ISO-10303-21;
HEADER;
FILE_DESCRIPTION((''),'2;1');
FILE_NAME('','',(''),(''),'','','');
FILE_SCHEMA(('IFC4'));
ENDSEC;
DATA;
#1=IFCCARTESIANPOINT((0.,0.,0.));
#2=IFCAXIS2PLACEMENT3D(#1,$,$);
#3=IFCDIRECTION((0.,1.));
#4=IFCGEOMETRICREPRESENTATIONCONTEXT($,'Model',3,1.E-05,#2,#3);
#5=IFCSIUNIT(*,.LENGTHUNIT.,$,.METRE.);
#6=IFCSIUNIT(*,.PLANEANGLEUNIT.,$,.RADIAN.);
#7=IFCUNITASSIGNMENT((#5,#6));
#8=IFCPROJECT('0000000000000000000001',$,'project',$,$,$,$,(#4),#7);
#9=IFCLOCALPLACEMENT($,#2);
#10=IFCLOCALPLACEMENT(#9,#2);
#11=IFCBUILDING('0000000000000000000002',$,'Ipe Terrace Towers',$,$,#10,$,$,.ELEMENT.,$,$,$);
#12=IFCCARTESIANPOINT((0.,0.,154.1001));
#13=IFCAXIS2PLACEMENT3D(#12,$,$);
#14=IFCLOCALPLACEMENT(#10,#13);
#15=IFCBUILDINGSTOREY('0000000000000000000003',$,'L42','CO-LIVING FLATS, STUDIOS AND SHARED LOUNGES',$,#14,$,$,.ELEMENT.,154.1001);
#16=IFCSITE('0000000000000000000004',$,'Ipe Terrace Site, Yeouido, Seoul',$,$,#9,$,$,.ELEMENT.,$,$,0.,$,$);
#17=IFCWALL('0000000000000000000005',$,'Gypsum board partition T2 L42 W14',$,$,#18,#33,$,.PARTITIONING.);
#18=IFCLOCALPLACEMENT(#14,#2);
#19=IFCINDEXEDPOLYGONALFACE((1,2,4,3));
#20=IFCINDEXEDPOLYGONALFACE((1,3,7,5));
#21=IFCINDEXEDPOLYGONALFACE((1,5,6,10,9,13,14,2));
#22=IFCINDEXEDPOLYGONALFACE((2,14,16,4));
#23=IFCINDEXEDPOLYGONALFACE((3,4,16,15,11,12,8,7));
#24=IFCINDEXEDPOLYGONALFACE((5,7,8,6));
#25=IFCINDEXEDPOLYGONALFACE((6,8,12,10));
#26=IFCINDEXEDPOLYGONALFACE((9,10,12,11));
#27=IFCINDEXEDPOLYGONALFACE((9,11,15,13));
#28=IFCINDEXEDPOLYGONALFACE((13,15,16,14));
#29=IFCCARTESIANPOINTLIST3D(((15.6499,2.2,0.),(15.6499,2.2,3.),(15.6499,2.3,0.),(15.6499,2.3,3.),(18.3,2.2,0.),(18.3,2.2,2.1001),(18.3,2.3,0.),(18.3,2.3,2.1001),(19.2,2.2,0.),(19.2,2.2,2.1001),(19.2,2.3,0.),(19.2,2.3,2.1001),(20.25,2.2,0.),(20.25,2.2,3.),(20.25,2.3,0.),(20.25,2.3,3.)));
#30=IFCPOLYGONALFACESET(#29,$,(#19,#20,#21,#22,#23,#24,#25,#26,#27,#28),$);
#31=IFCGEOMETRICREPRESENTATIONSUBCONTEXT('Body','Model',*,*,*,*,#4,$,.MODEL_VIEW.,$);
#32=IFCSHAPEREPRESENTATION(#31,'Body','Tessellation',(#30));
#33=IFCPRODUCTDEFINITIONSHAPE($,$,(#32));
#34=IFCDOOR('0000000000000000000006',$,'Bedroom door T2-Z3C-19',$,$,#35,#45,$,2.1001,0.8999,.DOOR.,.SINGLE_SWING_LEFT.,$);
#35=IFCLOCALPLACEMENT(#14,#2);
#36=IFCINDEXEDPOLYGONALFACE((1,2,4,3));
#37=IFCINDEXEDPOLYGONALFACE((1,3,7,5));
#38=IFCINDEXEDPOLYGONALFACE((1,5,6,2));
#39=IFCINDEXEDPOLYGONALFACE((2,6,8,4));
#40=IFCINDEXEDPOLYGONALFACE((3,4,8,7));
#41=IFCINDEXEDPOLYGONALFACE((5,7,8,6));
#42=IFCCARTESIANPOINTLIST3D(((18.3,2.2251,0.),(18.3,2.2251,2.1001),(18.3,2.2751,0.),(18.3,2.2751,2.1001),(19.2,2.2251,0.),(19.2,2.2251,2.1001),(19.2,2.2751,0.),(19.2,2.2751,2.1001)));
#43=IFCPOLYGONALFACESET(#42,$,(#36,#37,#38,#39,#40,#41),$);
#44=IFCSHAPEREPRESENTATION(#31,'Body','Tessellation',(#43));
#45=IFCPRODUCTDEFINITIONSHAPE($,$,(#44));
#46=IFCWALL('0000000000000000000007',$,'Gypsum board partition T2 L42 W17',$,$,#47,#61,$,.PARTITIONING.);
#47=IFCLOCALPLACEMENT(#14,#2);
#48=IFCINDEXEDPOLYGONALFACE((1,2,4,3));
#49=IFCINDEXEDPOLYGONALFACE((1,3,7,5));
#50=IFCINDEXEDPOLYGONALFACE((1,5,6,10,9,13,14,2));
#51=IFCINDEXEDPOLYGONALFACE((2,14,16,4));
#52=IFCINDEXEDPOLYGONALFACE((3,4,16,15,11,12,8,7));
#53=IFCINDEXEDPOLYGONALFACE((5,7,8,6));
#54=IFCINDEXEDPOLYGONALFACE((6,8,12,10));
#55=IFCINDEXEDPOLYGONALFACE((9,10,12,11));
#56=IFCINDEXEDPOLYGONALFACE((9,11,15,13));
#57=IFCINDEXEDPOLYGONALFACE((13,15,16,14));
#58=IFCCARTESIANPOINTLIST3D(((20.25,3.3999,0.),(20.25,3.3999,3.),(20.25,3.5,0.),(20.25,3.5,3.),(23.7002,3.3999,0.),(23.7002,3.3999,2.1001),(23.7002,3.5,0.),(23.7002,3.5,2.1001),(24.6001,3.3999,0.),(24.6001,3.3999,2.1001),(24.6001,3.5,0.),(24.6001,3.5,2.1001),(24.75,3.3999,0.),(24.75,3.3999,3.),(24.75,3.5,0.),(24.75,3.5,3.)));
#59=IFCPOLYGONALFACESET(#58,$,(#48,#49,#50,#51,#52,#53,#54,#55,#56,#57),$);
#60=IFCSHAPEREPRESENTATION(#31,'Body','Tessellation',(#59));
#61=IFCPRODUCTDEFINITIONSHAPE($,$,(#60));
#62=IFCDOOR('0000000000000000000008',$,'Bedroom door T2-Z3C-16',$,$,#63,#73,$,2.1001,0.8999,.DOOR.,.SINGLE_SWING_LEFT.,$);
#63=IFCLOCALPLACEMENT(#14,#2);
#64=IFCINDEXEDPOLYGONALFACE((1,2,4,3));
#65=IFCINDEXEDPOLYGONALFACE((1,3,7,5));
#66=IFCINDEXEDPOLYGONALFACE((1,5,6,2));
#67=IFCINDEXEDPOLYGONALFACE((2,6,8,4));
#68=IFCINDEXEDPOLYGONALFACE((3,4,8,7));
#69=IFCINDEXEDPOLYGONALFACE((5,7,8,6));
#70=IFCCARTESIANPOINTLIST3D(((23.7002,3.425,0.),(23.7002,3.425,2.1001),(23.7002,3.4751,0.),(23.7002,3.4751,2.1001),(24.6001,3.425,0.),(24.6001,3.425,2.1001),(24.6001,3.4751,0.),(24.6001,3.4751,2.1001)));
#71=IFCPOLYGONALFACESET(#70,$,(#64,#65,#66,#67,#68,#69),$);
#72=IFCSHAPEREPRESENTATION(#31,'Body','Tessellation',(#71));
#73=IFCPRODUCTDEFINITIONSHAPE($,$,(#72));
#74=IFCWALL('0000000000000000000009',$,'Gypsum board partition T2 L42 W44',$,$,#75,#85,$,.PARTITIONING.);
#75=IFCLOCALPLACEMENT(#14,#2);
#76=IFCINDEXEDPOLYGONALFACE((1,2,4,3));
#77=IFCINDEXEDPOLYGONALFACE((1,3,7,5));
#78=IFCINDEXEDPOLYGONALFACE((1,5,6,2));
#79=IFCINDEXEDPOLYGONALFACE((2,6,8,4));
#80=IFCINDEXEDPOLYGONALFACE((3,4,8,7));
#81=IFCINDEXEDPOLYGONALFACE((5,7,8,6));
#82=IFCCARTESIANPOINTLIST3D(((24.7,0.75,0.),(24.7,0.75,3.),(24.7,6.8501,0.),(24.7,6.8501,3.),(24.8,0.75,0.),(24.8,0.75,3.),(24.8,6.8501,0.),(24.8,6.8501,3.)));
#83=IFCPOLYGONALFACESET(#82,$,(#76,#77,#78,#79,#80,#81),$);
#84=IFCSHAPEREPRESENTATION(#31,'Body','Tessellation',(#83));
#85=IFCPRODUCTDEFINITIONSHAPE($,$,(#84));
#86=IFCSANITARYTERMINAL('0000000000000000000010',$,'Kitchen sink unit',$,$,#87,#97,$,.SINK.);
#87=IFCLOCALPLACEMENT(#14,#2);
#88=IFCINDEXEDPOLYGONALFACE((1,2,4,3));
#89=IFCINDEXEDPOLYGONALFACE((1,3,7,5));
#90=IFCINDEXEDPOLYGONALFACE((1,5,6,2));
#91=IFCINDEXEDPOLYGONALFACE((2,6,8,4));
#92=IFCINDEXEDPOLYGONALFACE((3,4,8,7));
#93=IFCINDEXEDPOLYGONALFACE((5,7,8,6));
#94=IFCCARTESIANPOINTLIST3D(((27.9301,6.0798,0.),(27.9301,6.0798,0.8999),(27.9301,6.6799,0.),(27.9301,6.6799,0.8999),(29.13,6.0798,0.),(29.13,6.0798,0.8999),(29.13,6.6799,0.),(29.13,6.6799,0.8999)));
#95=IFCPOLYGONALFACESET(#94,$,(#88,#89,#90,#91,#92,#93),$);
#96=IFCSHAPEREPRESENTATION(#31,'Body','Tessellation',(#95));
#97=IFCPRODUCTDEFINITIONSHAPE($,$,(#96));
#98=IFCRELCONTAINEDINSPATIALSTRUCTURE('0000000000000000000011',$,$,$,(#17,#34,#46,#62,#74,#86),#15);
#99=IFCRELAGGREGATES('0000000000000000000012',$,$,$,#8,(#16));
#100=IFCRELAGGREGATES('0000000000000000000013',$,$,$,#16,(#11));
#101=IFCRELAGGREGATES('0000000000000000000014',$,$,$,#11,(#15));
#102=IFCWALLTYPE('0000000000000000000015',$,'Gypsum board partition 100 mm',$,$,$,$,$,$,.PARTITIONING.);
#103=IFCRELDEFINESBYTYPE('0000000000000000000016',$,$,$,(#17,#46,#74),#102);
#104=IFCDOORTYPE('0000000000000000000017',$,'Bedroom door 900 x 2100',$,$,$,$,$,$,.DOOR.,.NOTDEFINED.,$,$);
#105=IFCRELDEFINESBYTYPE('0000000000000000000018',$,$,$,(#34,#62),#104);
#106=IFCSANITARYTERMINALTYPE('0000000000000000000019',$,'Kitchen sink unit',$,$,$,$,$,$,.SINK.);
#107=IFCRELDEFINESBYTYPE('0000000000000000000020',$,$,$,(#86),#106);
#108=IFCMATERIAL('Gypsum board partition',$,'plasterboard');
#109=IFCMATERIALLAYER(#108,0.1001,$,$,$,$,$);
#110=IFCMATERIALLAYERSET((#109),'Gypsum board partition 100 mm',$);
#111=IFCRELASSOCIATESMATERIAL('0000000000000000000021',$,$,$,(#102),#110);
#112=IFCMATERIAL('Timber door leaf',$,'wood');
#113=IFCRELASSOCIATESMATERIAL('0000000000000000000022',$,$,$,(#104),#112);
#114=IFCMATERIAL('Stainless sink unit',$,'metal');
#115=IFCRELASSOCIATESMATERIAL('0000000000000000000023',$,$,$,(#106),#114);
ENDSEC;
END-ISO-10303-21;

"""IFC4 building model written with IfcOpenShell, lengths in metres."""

from ifc_helpers import new_model, si_unit, direction, frame, frame_2d, origin, origin_2d, place, context, subcontext, project, spatial, rectangle, extrude, material, layer, layer_set, type_object, element, fill, save


model = new_model("IFC4")

# Units and contexts
model_context = context("Model", 3, precision=1e-05, world=origin(), true_north=direction((0.0, 1.0)))
body_context = subcontext(model_context, "Body", "Model", "MODEL_VIEW")
ifc_project = project(units=[si_unit("LENGTHUNIT", "METRE"), si_unit("PLANEANGLEUNIT", "RADIAN")], contexts=[model_context])

# Site, building, storey
site_placement = place(None, origin())
site = spatial("IfcSite", under=ifc_project, at=site_placement, Name="Ipe Terrace Site, Yeouido, Seoul", CompositionType="ELEMENT", RefElevation=0.0)
building_placement = place(site_placement, origin())
building = spatial("IfcBuilding", under=site, at=building_placement, Name="Ipe Terrace Towers", CompositionType="ELEMENT")
storey_placement = place(building_placement, frame((0.0, 0.0, 154.1001)))
storey = spatial("IfcBuildingStorey", under=building, at=storey_placement, Name="L42", Description="CO-LIVING FLATS, STUDIOS AND SHARED LOUNGES", CompositionType="ELEMENT", Elevation=154.1001)

# Walls, openings, doors
ifc_material_1 = material(Name="Gypsum board partition", Category="plasterboard")
ifc_layer_1 = layer(ifc_material_1, 0.1001)
ifc_layer_set_1 = layer_set([ifc_layer_1], Name="Gypsum board partition 100 mm")
wall_type_1 = type_object("IfcWallType", Name="Gypsum board partition 100 mm", PredefinedType="PARTITIONING", material=ifc_layer_set_1)
wall_1_placement = place(storey_placement, frame((20.25, 2.25, 0.0), z_axis=(0.0, 0.0, 1.0), x_axis=(-1.0, 0.0, 0.0)))
wall_1 = element("IfcWall", 1, at=wall_1_placement, inside=storey, type_object=wall_type_1, Name="Gypsum board partition T2 L42 W14", PredefinedType="PARTITIONING", context=body_context, shape_type="SweptSolid", body=[
    extrude(rectangle(XDim=4.6001, YDim=0.1001, at=frame_2d((2.3, 0.0))), origin(), (0.0, 0.0, 1.0), 3.0),
])
opening_1_placement = place(wall_1_placement, frame((1.05, 0.0, 0.0)))
opening_1 = element("IfcOpeningElement", 2, at=opening_1_placement, cuts=wall_1, PredefinedType="OPENING", context=body_context, shape_type="SweptSolid", body=[
    extrude(rectangle(XDim=0.8999, YDim=2.1001, at=frame_2d((0.45, 1.05))), frame((0.0, 0.0601, 0.0), z_axis=(0.0, -1.0, 0.0), x_axis=(1.0, 0.0, 0.0)), (0.0, 0.0, 1.0), 0.1201),
])
ifc_material_2 = material(Name="Timber door leaf", Category="wood")
door_type = type_object("IfcDoorType", Name="Bedroom door 900 x 2100", OperationType="NOTDEFINED", PredefinedType="DOOR", material=ifc_material_2)
door_1_placement = place(opening_1_placement, origin())
door_1 = element("IfcDoor", 3, at=door_1_placement, inside=storey, type_object=door_type, Name="Bedroom door T2-Z3C-19", OperationType="SINGLE_SWING_LEFT", OverallHeight=2.1001, OverallWidth=0.8999, PredefinedType="DOOR", context=body_context, shape_type="SweptSolid", body=[
    extrude(rectangle(XDim=0.8999, YDim=2.1001, at=frame_2d((0.45, 1.05))), frame((0.0, 0.0249, 0.0), z_axis=(0.0, -1.0, 0.0), x_axis=(1.0, 0.0, 0.0)), (0.0, 0.0, 1.0), 0.05),
])
fill(opening_1, door_1)
wall_2_placement = place(storey_placement, frame((24.75, 3.45, 0.0), z_axis=(0.0, 0.0, 1.0), x_axis=(-1.0, 0.0, 0.0)))
wall_2 = element("IfcWall", 4, at=wall_2_placement, inside=storey, type_object=wall_type_1, Name="Gypsum board partition T2 L42 W17", PredefinedType="PARTITIONING", context=body_context, shape_type="SweptSolid", body=[
    extrude(rectangle(XDim=4.5, YDim=0.1001, at=frame_2d((2.25, 0.0))), origin(), (0.0, 0.0, 1.0), 3.0),
])
opening_2_placement = place(wall_2_placement, frame((0.1499, 0.0, 0.0)))
opening_2 = element("IfcOpeningElement", 5, at=opening_2_placement, cuts=wall_2, PredefinedType="OPENING", context=body_context, shape_type="SweptSolid", body=[
    extrude(rectangle(XDim=0.8999, YDim=2.1001, at=frame_2d((0.45, 1.05))), frame((0.0, 0.0601, 0.0), z_axis=(0.0, -1.0, 0.0), x_axis=(1.0, 0.0, 0.0)), (0.0, 0.0, 1.0), 0.1201),
])
door_2_placement = place(opening_2_placement, origin())
door_2 = element("IfcDoor", 6, at=door_2_placement, inside=storey, type_object=door_type, Name="Bedroom door T2-Z3C-16", OperationType="SINGLE_SWING_LEFT", OverallHeight=2.1001, OverallWidth=0.8999, PredefinedType="DOOR", context=body_context, shape_type="SweptSolid", body=[
    extrude(rectangle(XDim=0.8999, YDim=2.1001, at=frame_2d((0.45, 1.05))), frame((0.0, 0.0249, 0.0), z_axis=(0.0, -1.0, 0.0), x_axis=(1.0, 0.0, 0.0)), (0.0, 0.0, 1.0), 0.05),
])
fill(opening_2, door_2)

# Wall
wall_3_placement = place(storey_placement, frame((24.75, 0.75, 0.0), z_axis=(0.0, 0.0, 1.0), x_axis=(0.0, 1.0, 0.0)))
element("IfcWall", 7, at=wall_3_placement, inside=storey, type_object=wall_type_1, Name="Gypsum board partition T2 L42 W44", PredefinedType="PARTITIONING", context=body_context, shape_type="SweptSolid", body=[
    extrude(rectangle(XDim=6.1001, YDim=0.1001, at=frame_2d((3.05, 0.0))), origin(), (0.0, 0.0, 1.0), 3.0),
])

# Sanitary terminal
ifc_material_3 = material(Name="Stainless sink unit", Category="metal")
sanitary_terminal_type = type_object("IfcSanitaryTerminalType", Name="Kitchen sink unit", PredefinedType="SINK", material=ifc_material_3)
sanitary_terminal_placement = place(storey_placement, frame((28.53, 6.3799, 0.0), z_axis=(0.0, 0.0, 1.0), x_axis=(1.0, 0.0, 0.0)))
element("IfcSanitaryTerminal", 8, at=sanitary_terminal_placement, inside=storey, type_object=sanitary_terminal_type, Name="Kitchen sink unit", PredefinedType="SINK", context=body_context, shape_type="SweptSolid", body=[
    extrude(rectangle(XDim=1.2, YDim=0.6001, at=origin_2d()), origin(), (0.0, 0.0, 1.0), 0.8999),
])

save(model, "model.ifc")
